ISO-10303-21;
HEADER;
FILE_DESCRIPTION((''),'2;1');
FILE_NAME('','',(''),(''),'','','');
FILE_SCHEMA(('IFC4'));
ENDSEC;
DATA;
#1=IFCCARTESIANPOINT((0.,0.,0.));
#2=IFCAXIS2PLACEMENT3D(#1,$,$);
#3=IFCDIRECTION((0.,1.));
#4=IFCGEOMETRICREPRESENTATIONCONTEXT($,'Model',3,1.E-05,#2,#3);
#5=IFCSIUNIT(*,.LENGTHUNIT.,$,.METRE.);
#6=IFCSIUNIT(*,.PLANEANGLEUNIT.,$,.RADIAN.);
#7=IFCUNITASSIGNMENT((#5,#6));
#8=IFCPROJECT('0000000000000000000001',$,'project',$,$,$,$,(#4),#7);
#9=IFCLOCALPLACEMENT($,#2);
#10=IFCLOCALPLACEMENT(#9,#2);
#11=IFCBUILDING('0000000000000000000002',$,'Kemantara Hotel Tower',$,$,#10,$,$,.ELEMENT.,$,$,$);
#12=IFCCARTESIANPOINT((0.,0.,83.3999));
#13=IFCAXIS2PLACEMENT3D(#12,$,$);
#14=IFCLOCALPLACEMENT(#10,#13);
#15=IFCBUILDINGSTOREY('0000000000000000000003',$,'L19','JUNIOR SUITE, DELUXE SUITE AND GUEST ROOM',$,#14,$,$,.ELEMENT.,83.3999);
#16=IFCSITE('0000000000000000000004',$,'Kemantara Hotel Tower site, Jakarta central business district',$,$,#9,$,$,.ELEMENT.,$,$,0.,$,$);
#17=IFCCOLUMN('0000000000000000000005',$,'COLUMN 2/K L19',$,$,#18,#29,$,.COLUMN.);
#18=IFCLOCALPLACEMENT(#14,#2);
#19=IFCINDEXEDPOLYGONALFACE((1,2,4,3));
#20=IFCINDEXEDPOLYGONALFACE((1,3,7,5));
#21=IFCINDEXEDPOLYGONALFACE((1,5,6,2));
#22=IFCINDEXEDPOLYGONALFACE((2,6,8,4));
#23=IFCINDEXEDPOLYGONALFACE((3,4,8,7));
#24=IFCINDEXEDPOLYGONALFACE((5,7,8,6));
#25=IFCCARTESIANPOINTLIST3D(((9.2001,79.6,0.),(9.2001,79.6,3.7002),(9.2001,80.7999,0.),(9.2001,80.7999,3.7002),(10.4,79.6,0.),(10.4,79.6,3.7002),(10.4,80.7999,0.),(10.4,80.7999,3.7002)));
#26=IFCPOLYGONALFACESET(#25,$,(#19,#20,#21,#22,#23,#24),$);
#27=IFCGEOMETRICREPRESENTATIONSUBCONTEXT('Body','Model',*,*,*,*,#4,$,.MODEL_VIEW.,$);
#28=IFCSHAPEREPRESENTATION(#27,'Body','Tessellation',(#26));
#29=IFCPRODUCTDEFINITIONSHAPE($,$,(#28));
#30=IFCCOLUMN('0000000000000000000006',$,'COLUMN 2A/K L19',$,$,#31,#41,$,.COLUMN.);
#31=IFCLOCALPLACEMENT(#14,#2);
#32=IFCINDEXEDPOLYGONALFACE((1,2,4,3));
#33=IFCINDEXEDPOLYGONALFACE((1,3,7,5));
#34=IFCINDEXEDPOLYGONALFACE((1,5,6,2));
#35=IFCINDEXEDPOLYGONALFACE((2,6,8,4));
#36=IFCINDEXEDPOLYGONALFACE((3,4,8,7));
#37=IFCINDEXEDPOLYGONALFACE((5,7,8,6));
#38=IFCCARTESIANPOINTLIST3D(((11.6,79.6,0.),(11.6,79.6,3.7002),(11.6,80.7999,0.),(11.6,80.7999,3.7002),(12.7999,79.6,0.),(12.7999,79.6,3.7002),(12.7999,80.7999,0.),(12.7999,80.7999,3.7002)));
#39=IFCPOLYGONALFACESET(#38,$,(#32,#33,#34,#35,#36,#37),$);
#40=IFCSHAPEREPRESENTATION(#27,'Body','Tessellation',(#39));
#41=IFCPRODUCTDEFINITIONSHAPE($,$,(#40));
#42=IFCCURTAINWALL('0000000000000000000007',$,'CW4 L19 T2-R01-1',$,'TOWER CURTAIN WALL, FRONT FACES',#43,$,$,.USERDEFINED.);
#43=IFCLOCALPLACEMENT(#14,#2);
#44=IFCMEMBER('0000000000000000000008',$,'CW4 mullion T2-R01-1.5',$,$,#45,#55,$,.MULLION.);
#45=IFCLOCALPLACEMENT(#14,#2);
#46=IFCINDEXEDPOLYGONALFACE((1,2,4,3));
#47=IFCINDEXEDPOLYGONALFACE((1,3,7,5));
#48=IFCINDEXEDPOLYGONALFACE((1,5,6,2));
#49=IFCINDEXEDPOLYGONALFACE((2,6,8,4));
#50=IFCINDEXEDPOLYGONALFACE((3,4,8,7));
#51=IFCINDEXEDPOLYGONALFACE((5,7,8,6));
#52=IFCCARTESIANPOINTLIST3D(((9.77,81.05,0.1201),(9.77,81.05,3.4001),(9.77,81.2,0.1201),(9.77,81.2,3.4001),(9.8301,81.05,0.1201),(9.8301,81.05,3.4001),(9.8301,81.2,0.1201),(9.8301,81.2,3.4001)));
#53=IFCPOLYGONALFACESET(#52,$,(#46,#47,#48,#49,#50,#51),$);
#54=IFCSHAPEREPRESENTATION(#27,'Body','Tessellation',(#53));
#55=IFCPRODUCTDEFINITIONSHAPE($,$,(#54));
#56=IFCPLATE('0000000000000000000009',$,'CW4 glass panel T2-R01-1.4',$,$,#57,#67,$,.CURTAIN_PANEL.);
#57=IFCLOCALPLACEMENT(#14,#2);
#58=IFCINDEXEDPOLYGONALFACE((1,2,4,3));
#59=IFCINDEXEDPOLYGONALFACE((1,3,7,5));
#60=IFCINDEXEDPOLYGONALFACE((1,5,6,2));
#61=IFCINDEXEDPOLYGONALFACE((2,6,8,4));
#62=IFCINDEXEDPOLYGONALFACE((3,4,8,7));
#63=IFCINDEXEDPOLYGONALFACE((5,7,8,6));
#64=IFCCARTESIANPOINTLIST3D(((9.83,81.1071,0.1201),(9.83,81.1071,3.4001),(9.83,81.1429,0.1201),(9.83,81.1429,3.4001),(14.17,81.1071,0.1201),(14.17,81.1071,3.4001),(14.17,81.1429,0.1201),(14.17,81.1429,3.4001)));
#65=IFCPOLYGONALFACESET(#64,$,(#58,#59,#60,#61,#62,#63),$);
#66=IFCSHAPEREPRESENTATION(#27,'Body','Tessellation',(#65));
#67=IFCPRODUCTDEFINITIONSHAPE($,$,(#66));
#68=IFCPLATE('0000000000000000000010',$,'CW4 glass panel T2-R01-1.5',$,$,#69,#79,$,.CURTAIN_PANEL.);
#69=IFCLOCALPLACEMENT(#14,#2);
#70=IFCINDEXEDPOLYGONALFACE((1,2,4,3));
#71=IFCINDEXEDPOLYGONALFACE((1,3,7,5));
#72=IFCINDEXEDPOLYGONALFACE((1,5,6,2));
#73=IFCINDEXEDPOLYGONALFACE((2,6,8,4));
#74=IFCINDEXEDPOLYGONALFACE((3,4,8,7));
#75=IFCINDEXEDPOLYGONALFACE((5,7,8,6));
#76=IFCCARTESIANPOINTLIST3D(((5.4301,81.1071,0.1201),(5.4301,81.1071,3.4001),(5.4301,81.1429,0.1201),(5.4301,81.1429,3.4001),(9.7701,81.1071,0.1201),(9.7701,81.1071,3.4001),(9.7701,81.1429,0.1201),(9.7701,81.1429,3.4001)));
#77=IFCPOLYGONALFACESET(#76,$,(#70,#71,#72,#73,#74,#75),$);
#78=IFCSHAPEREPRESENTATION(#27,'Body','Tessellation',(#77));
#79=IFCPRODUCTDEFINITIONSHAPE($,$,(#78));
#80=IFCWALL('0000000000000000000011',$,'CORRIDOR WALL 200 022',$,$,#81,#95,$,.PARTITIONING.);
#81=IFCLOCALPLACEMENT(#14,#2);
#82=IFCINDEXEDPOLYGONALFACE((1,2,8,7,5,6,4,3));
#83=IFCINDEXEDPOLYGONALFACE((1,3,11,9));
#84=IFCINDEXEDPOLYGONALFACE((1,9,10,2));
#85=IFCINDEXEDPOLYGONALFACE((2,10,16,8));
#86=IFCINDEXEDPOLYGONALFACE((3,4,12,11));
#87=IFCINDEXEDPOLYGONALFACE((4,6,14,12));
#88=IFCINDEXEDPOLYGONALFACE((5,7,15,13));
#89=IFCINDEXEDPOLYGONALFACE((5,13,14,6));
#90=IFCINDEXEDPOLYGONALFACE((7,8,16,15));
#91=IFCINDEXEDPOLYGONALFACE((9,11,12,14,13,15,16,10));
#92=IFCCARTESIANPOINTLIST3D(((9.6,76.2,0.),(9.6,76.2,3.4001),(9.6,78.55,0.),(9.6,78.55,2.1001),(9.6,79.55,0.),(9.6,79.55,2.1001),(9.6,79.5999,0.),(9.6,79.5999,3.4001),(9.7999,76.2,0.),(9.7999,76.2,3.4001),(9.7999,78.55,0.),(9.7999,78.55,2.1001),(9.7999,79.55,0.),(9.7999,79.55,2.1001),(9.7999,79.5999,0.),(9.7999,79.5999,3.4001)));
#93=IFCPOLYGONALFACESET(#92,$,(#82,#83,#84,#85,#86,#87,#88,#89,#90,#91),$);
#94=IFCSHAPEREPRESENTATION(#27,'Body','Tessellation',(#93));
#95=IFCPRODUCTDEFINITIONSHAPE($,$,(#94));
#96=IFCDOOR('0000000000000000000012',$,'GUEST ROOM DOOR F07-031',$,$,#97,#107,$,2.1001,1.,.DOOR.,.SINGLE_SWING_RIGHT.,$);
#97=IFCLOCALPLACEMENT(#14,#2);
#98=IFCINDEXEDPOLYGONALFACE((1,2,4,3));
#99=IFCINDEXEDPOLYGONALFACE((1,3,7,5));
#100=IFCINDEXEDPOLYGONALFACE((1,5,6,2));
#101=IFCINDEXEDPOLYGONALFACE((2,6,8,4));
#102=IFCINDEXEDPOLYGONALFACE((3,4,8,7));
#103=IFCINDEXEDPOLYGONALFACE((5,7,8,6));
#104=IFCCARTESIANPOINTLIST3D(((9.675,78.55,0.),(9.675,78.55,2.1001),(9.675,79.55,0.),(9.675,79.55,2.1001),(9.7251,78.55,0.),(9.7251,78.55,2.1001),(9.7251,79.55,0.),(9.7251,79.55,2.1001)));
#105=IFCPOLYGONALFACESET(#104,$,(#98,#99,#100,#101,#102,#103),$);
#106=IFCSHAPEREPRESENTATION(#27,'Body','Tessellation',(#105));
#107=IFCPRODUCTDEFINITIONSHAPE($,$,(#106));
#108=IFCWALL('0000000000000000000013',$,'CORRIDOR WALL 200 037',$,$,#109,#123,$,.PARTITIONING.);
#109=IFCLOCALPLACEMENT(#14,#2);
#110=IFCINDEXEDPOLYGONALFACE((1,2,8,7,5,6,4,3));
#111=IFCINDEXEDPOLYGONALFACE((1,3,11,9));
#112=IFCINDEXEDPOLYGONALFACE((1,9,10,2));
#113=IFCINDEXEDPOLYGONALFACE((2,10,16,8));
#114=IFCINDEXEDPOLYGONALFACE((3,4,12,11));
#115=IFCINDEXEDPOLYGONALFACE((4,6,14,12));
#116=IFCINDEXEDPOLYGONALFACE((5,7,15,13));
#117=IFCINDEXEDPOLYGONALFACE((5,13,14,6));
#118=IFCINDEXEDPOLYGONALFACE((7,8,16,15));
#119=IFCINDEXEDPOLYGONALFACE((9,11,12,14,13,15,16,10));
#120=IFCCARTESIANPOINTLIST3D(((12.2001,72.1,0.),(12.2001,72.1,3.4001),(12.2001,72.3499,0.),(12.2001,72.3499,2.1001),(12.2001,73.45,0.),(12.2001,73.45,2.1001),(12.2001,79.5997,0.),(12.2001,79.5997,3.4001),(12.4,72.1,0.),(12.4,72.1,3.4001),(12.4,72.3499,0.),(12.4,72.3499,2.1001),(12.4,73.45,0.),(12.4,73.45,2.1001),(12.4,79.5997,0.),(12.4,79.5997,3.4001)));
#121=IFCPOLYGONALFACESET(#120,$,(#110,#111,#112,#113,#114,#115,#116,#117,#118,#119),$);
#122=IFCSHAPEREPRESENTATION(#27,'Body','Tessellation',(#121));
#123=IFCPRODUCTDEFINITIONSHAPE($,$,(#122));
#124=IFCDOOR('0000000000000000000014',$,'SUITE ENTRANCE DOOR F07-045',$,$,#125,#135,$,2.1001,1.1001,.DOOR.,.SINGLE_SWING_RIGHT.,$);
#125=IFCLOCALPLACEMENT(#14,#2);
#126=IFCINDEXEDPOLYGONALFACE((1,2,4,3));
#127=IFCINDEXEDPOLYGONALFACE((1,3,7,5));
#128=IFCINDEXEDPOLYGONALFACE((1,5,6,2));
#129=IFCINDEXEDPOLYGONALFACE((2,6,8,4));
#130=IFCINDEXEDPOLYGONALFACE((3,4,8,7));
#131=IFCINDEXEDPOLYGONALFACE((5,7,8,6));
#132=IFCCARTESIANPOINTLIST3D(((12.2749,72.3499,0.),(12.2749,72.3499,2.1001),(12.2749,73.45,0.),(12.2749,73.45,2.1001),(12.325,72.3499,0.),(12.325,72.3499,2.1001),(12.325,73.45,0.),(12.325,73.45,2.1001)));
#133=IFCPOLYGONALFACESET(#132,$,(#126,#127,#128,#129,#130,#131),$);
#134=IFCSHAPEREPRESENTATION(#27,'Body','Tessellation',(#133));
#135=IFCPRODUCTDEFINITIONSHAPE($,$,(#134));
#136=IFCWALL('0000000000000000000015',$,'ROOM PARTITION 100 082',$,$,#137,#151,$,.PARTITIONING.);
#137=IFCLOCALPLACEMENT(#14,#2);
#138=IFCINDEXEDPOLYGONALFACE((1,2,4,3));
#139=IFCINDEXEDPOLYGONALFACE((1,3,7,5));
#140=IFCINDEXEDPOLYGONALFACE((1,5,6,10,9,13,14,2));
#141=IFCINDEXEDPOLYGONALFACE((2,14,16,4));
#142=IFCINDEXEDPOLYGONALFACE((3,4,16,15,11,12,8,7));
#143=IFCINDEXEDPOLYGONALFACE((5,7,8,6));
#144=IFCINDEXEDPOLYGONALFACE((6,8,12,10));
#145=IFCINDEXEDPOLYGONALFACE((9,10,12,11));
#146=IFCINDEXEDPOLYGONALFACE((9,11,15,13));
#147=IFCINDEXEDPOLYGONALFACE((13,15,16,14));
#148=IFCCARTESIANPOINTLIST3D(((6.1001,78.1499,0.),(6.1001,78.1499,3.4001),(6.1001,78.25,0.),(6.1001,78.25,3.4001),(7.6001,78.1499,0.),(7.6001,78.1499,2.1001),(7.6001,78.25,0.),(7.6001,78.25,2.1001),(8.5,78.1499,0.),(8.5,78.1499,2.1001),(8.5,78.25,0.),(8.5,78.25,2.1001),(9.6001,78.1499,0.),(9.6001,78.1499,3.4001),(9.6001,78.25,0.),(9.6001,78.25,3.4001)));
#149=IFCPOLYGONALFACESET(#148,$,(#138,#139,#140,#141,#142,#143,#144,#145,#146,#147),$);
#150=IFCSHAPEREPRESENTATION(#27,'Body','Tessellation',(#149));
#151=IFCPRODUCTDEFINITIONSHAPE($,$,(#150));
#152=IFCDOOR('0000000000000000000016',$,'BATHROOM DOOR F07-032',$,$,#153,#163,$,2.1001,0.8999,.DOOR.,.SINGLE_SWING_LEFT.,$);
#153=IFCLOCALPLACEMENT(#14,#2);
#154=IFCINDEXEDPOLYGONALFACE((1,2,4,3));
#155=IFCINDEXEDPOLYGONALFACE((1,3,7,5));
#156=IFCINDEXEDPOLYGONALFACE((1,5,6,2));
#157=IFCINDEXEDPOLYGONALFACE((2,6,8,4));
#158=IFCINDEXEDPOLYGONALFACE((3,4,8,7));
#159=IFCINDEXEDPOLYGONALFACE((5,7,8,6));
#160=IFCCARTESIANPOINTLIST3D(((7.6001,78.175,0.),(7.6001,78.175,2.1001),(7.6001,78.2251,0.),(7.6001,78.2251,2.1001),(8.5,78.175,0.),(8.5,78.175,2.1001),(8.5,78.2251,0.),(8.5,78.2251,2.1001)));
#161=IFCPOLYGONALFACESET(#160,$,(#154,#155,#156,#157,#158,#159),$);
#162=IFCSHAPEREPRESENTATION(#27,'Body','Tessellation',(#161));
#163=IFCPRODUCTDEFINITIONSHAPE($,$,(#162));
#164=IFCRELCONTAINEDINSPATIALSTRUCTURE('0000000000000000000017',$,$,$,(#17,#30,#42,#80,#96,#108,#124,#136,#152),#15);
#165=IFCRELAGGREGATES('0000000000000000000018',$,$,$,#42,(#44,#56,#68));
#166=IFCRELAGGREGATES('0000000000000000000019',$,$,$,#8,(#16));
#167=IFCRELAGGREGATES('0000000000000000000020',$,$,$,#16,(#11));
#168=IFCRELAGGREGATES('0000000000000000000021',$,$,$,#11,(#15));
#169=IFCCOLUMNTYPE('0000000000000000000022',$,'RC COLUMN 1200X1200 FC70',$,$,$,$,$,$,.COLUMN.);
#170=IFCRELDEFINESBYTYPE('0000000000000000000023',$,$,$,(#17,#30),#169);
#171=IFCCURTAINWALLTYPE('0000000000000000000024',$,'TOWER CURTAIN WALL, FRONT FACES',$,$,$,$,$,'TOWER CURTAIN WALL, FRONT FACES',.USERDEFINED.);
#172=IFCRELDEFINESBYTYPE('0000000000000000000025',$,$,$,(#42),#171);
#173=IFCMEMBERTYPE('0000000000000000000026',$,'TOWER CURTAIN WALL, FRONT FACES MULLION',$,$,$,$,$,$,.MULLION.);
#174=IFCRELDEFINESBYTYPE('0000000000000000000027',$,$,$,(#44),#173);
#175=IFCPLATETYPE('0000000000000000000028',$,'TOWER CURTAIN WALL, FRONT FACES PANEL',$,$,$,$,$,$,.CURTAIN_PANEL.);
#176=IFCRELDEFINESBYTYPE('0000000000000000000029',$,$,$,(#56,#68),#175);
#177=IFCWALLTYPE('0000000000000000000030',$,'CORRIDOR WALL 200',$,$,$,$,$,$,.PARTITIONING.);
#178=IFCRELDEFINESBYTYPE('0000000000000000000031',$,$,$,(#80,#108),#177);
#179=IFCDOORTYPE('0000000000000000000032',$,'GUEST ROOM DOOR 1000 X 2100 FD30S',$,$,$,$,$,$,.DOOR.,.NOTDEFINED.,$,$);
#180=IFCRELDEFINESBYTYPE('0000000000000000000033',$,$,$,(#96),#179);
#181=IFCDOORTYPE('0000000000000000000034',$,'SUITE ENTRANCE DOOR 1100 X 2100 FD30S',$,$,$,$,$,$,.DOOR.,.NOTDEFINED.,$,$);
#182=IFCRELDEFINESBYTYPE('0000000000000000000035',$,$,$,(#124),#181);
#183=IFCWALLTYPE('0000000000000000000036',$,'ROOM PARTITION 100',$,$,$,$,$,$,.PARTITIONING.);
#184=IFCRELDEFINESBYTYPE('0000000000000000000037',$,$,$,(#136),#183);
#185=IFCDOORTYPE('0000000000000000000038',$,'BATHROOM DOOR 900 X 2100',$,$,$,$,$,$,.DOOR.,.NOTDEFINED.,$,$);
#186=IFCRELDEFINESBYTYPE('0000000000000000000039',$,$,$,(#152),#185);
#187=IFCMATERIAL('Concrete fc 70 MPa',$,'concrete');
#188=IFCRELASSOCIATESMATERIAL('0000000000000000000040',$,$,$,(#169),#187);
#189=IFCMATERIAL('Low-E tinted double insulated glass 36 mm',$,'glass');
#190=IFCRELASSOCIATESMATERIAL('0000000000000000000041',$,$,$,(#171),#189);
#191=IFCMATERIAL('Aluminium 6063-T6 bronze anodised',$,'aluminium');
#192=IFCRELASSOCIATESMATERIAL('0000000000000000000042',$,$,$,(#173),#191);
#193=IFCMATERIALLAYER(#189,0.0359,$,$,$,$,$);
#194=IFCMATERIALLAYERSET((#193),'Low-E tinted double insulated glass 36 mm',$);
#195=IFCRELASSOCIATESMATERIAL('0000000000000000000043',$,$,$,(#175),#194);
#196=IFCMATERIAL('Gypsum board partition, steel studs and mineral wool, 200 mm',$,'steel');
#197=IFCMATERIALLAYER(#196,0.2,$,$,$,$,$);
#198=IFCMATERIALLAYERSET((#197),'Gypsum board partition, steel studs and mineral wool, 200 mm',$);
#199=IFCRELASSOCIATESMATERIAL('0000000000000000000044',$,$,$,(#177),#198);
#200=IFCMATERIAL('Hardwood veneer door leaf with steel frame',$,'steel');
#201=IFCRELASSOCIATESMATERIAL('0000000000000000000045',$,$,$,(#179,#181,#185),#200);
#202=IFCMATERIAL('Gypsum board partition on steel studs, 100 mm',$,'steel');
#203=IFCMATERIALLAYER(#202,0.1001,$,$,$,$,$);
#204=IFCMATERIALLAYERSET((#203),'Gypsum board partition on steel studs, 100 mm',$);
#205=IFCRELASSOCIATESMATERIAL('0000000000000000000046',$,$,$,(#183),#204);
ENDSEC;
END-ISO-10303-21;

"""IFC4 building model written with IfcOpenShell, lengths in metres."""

from ifc_helpers import new_model, si_unit, direction, frame, frame_2d, origin, origin_2d, place, context, subcontext, project, spatial, rectangle, extrude, source, transform, mapped, material, layer, layer_set, material_profile, profile_set, type_object, element, fill, aggregate, save


model = new_model("IFC4")

# Units and contexts
model_context = context("Model", 3, precision=1e-05, world=origin(), true_north=direction((0.0, 1.0)))
body_context = subcontext(model_context, "Body", "Model", "MODEL_VIEW")
ifc_project = project(units=[si_unit("LENGTHUNIT", "METRE"), si_unit("PLANEANGLEUNIT", "RADIAN")], contexts=[model_context])

# Site, building, storey
site_placement = place(None, origin())
site = spatial("IfcSite", under=ifc_project, at=site_placement, Name="Kemantara Hotel Tower site, Jakarta central business district", CompositionType="ELEMENT", RefElevation=0.0)
building_placement = place(site_placement, origin())
building = spatial("IfcBuilding", under=site, at=building_placement, Name="Kemantara Hotel Tower", CompositionType="ELEMENT")
storey_placement = place(building_placement, frame((0.0, 0.0, 83.3999)))
storey = spatial("IfcBuildingStorey", under=building, at=storey_placement, Name="L19", Description="JUNIOR SUITE, DELUXE SUITE AND GUEST ROOM", CompositionType="ELEMENT", Elevation=83.3999)

# Columns
ifc_material_1 = material(Name="Concrete fc 70 MPa", Category="concrete")
ifc_material_profile_1 = material_profile(ifc_material_1, rectangle(XDim=1.2, YDim=1.2, at=origin_2d()), Name="RC 1200X1200")
ifc_profile_set_1 = profile_set([ifc_material_profile_1], Name="Concrete fc 70 MPa")
column_type = type_object("IfcColumnType", Name="RC COLUMN 1200X1200 FC70", PredefinedType="COLUMN", material=ifc_profile_set_1)
for number, where, z_axis, x_axis, name in (
    (1, (9.8, 80.2, 0.0), (0.0, 0.0, 1.0), (1.0, 0.0, 0.0), "COLUMN 2/K L19"),
    (2, (12.2, 80.2, 0.0), (0.0, 0.0, 1.0), (1.0, 0.0, 0.0), "COLUMN 2A/K L19"),
):
    element("IfcColumn", number, at=place(storey_placement, frame(where, z_axis=z_axis, x_axis=x_axis)), inside=storey, type_object=column_type, Name=name, PredefinedType="COLUMN", context=body_context, shape_type="SweptSolid", body=[
        extrude(rectangle(XDim=1.2, YDim=1.2, at=origin_2d()), origin(), (0.0, 0.0, 1.0), 3.7002),
    ])

# Curtain wall, member, plates
ifc_material_2 = material(Name="Low-E tinted double insulated glass 36 mm", Category="glass")
curtain_wall_type = type_object("IfcCurtainWallType", Name="TOWER CURTAIN WALL, FRONT FACES", ElementType="TOWER CURTAIN WALL, FRONT FACES", PredefinedType="USERDEFINED", material=ifc_material_2)
curtain_wall_placement = place(storey_placement, origin())
curtain_wall = element("IfcCurtainWall", 3, at=curtain_wall_placement, inside=storey, type_object=curtain_wall_type, Name="CW4 L19 T2-R01-1", ObjectType="TOWER CURTAIN WALL, FRONT FACES", PredefinedType="USERDEFINED")
ifc_material_3 = material(Name="Aluminium 6063-T6 bronze anodised", Category="aluminium")
ifc_material_profile_2 = material_profile(ifc_material_3, rectangle(XDim=0.1499, YDim=0.0601, at=origin_2d()), Name="TOWER CURTAIN WALL, FRONT FACES MULLION")
ifc_profile_set_2 = profile_set([ifc_material_profile_2], Name="Aluminium 6063-T6 bronze anodised")
member_type = type_object("IfcMemberType", Name="TOWER CURTAIN WALL, FRONT FACES MULLION", PredefinedType="MULLION", material=ifc_profile_set_2)
shared_shape_1 = source(origin(), body_context, "Body", "SweptSolid", [
    extrude(rectangle(XDim=0.1499, YDim=0.0601, at=origin_2d()), origin(), (0.0, 0.0, 1.0), 3.28),
])
member_placement = place(storey_placement, frame((9.8, 81.125, 0.1201), z_axis=(0.0, 0.0, 1.0), x_axis=(0.0, -1.0, 0.0)))
member = element("IfcMember", 4, at=member_placement, type_object=member_type, Name="CW4 mullion T2-R01-1.5", PredefinedType="MULLION", context=body_context, shape_type="MappedRepresentation", body=[
    mapped(shared_shape_1, transform((0.0, 0.0, 0.0))),
])
ifc_layer_1 = layer(ifc_material_2, 0.0359)
ifc_layer_set_1 = layer_set([ifc_layer_1], Name="Low-E tinted double insulated glass 36 mm")
plate_type = type_object("IfcPlateType", Name="TOWER CURTAIN WALL, FRONT FACES PANEL", PredefinedType="CURTAIN_PANEL", material=ifc_layer_set_1)
shared_shape_2 = source(origin(), body_context, "Body", "SweptSolid", [
    extrude(rectangle(XDim=4.3401, YDim=0.0359, at=origin_2d()), origin(), (0.0, 0.0, 1.0), 3.28),
])
plate_1_placement = place(storey_placement, frame((12.0, 81.125, 0.1201), z_axis=(0.0, 0.0, 1.0), x_axis=(-1.0, 0.0, 0.0)))
plate_1 = element("IfcPlate", 5, at=plate_1_placement, type_object=plate_type, Name="CW4 glass panel T2-R01-1.4", PredefinedType="CURTAIN_PANEL", context=body_context, shape_type="MappedRepresentation", body=[
    mapped(shared_shape_2, transform((0.0, 0.0, 0.0))),
])
plate_2_placement = place(storey_placement, frame((7.6001, 81.125, 0.1201), z_axis=(0.0, 0.0, 1.0), x_axis=(-1.0, 0.0, 0.0)))
plate_2 = element("IfcPlate", 6, at=plate_2_placement, type_object=plate_type, Name="CW4 glass panel T2-R01-1.5", PredefinedType="CURTAIN_PANEL", context=body_context, shape_type="MappedRepresentation", body=[
    mapped(shared_shape_2, transform((0.0, 0.0, 0.0))),
])
aggregate(curtain_wall, [member, plate_1, plate_2])

# Walls, openings, doors
ifc_material_4 = material(Name="Gypsum board partition, steel studs and mineral wool, 200 mm", Category="steel")
ifc_layer_2 = layer(ifc_material_4, 0.2)
ifc_layer_set_2 = layer_set([ifc_layer_2], Name="Gypsum board partition, steel studs and mineral wool, 200 mm")
wall_type_1 = type_object("IfcWallType", Name="CORRIDOR WALL 200", PredefinedType="PARTITIONING", material=ifc_layer_set_2)
wall_1_placement = place(storey_placement, frame((9.7, 76.2, 0.0), z_axis=(0.0, 0.0, 1.0), x_axis=(0.0, 1.0, 0.0)))
wall_1 = element("IfcWall", 7, at=wall_1_placement, inside=storey, type_object=wall_type_1, Name="CORRIDOR WALL 200 022", PredefinedType="PARTITIONING", context=body_context, shape_type="SweptSolid", body=[
    extrude(rectangle(XDim=3.3999, YDim=0.2, at=frame_2d((1.7, 0.0))), origin(), (0.0, 0.0, 1.0), 3.4001),
])
opening_1_placement = place(wall_1_placement, frame((2.3501, 0.0, 0.0)))
opening_1 = element("IfcOpeningElement", 8, at=opening_1_placement, cuts=wall_1, PredefinedType="OPENING", context=body_context, shape_type="SweptSolid", body=[
    extrude(rectangle(XDim=1.0, YDim=2.1001, at=frame_2d((0.5, 1.05))), frame((0.0, 0.1099, 0.0), z_axis=(0.0, -1.0, 0.0), x_axis=(1.0, 0.0, 0.0)), (0.0, 0.0, 1.0), 0.22),
])
ifc_material_5 = material(Name="Hardwood veneer door leaf with steel frame", Category="steel")
door_type_1 = type_object("IfcDoorType", Name="GUEST ROOM DOOR 1000 X 2100 FD30S", OperationType="NOTDEFINED", PredefinedType="DOOR", material=ifc_material_5)
door_1_placement = place(opening_1_placement, origin())
door_1 = element("IfcDoor", 9, at=door_1_placement, inside=storey, type_object=door_type_1, Name="GUEST ROOM DOOR F07-031", OperationType="SINGLE_SWING_RIGHT", OverallHeight=2.1001, OverallWidth=1.0, PredefinedType="DOOR", context=body_context, shape_type="SweptSolid", body=[
    extrude(rectangle(XDim=1.0, YDim=2.1001, at=frame_2d((0.5, 1.05))), frame((0.0, 0.0249, 0.0), z_axis=(0.0, -1.0, 0.0), x_axis=(1.0, 0.0, 0.0)), (0.0, 0.0, 1.0), 0.05),
])
fill(opening_1, door_1)
wall_2_placement = place(storey_placement, frame((12.3, 79.5999, 0.0), z_axis=(0.0, 0.0, 1.0), x_axis=(0.0, -1.0, 0.0)))
wall_2 = element("IfcWall", 10, at=wall_2_placement, inside=storey, type_object=wall_type_1, Name="CORRIDOR WALL 200 037", PredefinedType="PARTITIONING", context=body_context, shape_type="SweptSolid", body=[
    extrude(rectangle(XDim=7.4998, YDim=0.2, at=frame_2d((3.75, 0.0))), origin(), (0.0, 0.0, 1.0), 3.4001),
])
opening_2_placement = place(wall_2_placement, frame((6.1499, 0.0, 0.0)))
opening_2 = element("IfcOpeningElement", 11, at=opening_2_placement, cuts=wall_2, PredefinedType="OPENING", context=body_context, shape_type="SweptSolid", body=[
    extrude(rectangle(XDim=1.1001, YDim=2.1001, at=frame_2d((0.55, 1.05))), frame((0.0, 0.1099, 0.0), z_axis=(0.0, -1.0, 0.0), x_axis=(1.0, 0.0, 0.0)), (0.0, 0.0, 1.0), 0.22),
])
door_type_2 = type_object("IfcDoorType", Name="SUITE ENTRANCE DOOR 1100 X 2100 FD30S", OperationType="NOTDEFINED", PredefinedType="DOOR", material=ifc_material_5)
door_2_placement = place(opening_2_placement, origin())
door_2 = element("IfcDoor", 12, at=door_2_placement, inside=storey, type_object=door_type_2, Name="SUITE ENTRANCE DOOR F07-045", OperationType="SINGLE_SWING_RIGHT", OverallHeight=2.1001, OverallWidth=1.1001, PredefinedType="DOOR", context=body_context, shape_type="SweptSolid", body=[
    extrude(rectangle(XDim=1.1001, YDim=2.1001, at=frame_2d((0.55, 1.05))), frame((0.0, 0.0249, 0.0), z_axis=(0.0, -1.0, 0.0), x_axis=(1.0, 0.0, 0.0)), (0.0, 0.0, 1.0), 0.05),
])
fill(opening_2, door_2)
ifc_material_6 = material(Name="Gypsum board partition on steel studs, 100 mm", Category="steel")
ifc_layer_3 = layer(ifc_material_6, 0.1001)
ifc_layer_set_3 = layer_set([ifc_layer_3], Name="Gypsum board partition on steel studs, 100 mm")
wall_type_2 = type_object("IfcWallType", Name="ROOM PARTITION 100", PredefinedType="PARTITIONING", material=ifc_layer_set_3)
wall_3_placement = place(storey_placement, frame((9.6001, 78.2, 0.0), z_axis=(0.0, 0.0, 1.0), x_axis=(-1.0, 0.0, 0.0)))
wall_3 = element("IfcWall", 13, at=wall_3_placement, inside=storey, type_object=wall_type_2, Name="ROOM PARTITION 100 082", PredefinedType="PARTITIONING", context=body_context, shape_type="SweptSolid", body=[
    extrude(rectangle(XDim=3.5, YDim=0.1001, at=frame_2d((1.75, 0.0))), origin(), (0.0, 0.0, 1.0), 3.4001),
])
opening_3_placement = place(wall_3_placement, frame((1.1001, 0.0, 0.0)))
opening_3 = element("IfcOpeningElement", 14, at=opening_3_placement, cuts=wall_3, PredefinedType="OPENING", context=body_context, shape_type="SweptSolid", body=[
    extrude(rectangle(XDim=0.8999, YDim=2.1001, at=frame_2d((0.45, 1.05))), frame((0.0, 0.0601, 0.0), z_axis=(0.0, -1.0, 0.0), x_axis=(1.0, 0.0, 0.0)), (0.0, 0.0, 1.0), 0.1201),
])
door_type_3 = type_object("IfcDoorType", Name="BATHROOM DOOR 900 X 2100", OperationType="NOTDEFINED", PredefinedType="DOOR", material=ifc_material_5)
door_3_placement = place(opening_3_placement, origin())
door_3 = element("IfcDoor", 15, at=door_3_placement, inside=storey, type_object=door_type_3, Name="BATHROOM DOOR F07-032", OperationType="SINGLE_SWING_LEFT", OverallHeight=2.1001, OverallWidth=0.8999, PredefinedType="DOOR", context=body_context, shape_type="SweptSolid", body=[
    extrude(rectangle(XDim=0.8999, YDim=2.1001, at=frame_2d((0.45, 1.05))), frame((0.0, 0.0249, 0.0), z_axis=(0.0, -1.0, 0.0), x_axis=(1.0, 0.0, 0.0)), (0.0, 0.0, 1.0), 0.05),
])
fill(opening_3, door_3)

save(model, "model.ifc")
